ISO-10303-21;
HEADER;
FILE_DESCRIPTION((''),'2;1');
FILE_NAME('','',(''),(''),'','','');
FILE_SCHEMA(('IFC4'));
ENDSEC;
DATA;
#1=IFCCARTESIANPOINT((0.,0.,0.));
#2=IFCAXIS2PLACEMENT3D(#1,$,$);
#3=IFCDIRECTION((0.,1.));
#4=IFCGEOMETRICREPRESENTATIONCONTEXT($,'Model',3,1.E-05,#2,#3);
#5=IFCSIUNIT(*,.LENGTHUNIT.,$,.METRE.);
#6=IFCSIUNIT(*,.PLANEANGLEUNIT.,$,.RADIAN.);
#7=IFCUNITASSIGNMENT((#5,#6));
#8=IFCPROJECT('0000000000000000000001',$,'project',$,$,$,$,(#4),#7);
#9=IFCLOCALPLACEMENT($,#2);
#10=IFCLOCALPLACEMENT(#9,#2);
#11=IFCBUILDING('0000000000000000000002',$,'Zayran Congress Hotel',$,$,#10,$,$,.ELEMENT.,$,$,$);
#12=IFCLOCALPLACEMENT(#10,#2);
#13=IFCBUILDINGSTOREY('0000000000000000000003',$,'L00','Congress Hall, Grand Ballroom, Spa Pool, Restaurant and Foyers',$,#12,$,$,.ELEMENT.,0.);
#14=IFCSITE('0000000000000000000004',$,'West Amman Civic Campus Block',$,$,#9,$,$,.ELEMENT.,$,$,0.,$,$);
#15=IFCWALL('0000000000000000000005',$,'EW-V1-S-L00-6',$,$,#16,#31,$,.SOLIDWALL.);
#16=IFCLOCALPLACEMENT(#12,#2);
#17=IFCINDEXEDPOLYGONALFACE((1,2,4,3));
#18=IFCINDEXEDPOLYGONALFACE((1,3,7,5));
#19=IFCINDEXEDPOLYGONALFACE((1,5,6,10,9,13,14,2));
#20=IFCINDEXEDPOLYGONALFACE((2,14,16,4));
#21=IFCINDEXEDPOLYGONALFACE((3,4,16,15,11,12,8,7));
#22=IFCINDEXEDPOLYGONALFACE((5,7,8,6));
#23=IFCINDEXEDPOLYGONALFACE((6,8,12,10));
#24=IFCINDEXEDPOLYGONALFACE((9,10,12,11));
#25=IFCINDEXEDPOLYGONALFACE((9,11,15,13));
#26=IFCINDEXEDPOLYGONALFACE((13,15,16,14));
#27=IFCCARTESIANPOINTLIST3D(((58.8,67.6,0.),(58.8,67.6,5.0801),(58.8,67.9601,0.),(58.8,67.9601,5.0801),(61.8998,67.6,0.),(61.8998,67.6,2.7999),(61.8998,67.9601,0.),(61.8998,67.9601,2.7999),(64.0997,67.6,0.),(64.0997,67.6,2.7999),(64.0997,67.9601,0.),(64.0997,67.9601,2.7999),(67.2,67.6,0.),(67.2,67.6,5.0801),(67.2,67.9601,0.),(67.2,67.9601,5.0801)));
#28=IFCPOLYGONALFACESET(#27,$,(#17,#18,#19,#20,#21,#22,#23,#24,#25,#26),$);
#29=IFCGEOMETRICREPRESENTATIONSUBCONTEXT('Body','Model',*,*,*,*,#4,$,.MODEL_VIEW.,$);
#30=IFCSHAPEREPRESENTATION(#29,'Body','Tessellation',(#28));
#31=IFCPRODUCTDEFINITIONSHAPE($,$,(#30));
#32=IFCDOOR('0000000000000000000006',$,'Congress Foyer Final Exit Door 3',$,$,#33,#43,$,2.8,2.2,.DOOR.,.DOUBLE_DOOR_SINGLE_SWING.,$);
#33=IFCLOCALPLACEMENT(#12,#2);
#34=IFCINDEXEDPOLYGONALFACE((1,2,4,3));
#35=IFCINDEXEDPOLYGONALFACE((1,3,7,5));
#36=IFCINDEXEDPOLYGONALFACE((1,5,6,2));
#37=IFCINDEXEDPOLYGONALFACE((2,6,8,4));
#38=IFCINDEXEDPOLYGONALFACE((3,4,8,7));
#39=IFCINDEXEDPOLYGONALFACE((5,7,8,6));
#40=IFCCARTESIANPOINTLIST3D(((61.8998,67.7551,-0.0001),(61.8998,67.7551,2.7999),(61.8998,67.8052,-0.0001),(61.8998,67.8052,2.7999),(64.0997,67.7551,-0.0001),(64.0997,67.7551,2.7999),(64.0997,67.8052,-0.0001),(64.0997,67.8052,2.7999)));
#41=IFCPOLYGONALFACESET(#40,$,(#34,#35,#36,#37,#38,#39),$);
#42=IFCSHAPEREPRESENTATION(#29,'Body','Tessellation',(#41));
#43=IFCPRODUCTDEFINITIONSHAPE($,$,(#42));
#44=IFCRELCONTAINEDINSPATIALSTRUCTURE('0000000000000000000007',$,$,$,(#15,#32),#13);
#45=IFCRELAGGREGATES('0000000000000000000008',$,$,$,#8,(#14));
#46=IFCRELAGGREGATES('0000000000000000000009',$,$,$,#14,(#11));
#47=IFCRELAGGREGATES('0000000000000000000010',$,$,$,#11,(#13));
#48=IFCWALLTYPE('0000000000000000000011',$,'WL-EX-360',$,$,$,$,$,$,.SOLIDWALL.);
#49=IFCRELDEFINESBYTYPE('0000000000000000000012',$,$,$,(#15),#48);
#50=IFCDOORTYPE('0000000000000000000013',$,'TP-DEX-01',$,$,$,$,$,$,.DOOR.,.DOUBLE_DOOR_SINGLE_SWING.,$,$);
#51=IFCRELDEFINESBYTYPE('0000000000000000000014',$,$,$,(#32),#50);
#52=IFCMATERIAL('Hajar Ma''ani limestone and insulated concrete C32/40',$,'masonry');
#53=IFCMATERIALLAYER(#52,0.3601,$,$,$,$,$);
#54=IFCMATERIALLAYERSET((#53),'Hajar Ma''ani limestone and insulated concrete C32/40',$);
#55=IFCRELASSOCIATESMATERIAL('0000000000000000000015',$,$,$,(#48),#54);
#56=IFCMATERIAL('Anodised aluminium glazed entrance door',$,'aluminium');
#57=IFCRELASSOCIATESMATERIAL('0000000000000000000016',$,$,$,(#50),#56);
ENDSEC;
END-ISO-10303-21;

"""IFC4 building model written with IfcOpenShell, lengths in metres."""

from ifc_helpers import new_model, si_unit, direction, frame, frame_2d, origin, place, context, subcontext, project, spatial, rectangle, extrude, material, layer, layer_set, type_object, element, fill, save


model = new_model("IFC4")

# Units and contexts
model_context = context("Model", 3, precision=1e-05, world=origin(), true_north=direction((0.0, 1.0)))
body_context = subcontext(model_context, "Body", "Model", "MODEL_VIEW")
ifc_project = project(units=[si_unit("LENGTHUNIT", "METRE"), si_unit("PLANEANGLEUNIT", "RADIAN")], contexts=[model_context])

# Site, building, storey
site_placement = place(None, origin())
site = spatial("IfcSite", under=ifc_project, at=site_placement, Name="West Amman Civic Campus Block", CompositionType="ELEMENT", RefElevation=0.0)
building_placement = place(site_placement, origin())
building = spatial("IfcBuilding", under=site, at=building_placement, Name="Zayran Congress Hotel", CompositionType="ELEMENT")
storey_placement = place(building_placement, origin())
storey = spatial("IfcBuildingStorey", under=building, at=storey_placement, Name="L00", Description="Congress Hall, Grand Ballroom, Spa Pool, Restaurant and Foyers", CompositionType="ELEMENT", Elevation=0.0)

# Wall, opening, door
ifc_material_1 = material(Name="Hajar Ma'ani limestone and insulated concrete C32/40", Category="masonry")
ifc_layer_1 = layer(ifc_material_1, 0.3601)
ifc_layer_set_1 = layer_set([ifc_layer_1], Name="Hajar Ma'ani limestone and insulated concrete C32/40")
wall_type = type_object("IfcWallType", Name="WL-EX-360", PredefinedType="SOLIDWALL", material=ifc_layer_set_1)
wall_placement = place(storey_placement, frame((67.2, 67.78, 0.0), z_axis=(0.0, 0.0, 1.0), x_axis=(-1.0, 0.0, 0.0)))
wall = element("IfcWall", 1, at=wall_placement, inside=storey, type_object=wall_type, Name="EW-V1-S-L00-6", PredefinedType="SOLIDWALL", context=body_context, shape_type="SweptSolid", body=[
    extrude(rectangle(XDim=8.3999, YDim=0.3601, at=frame_2d((4.2, 0.0))), origin(), (0.0, 0.0, 1.0), 5.0801),
])
opening_placement = place(wall_placement, frame((3.1001, 0.0, 0.0)))
opening = element("IfcOpeningElement", 2, at=opening_placement, cuts=wall, PredefinedType="OPENING", context=body_context, shape_type="SweptSolid", body=[
    extrude(rectangle(XDim=2.2, YDim=2.8, at=frame_2d((1.1001, 1.3999))), frame((0.0, 0.1899, 0.0), z_axis=(0.0, -1.0, 0.0), x_axis=(1.0, 0.0, 0.0)), (0.0, 0.0, 1.0), 0.3801),
])
ifc_material_2 = material(Name="Anodised aluminium glazed entrance door", Category="aluminium")
door_type = type_object("IfcDoorType", Name="TP-DEX-01", OperationType="DOUBLE_DOOR_SINGLE_SWING", PredefinedType="DOOR", material=ifc_material_2)
door_placement = place(opening_placement, origin())
door = element("IfcDoor", 3, at=door_placement, inside=storey, type_object=door_type, Name="Congress Foyer Final Exit Door 3", OperationType="DOUBLE_DOOR_SINGLE_SWING", OverallHeight=2.8, OverallWidth=2.2, PredefinedType="DOOR", context=body_context, shape_type="SweptSolid", body=[
    extrude(rectangle(XDim=2.2, YDim=2.8, at=frame_2d((1.1001, 1.3999))), frame((0.0, 0.0249, 0.0), z_axis=(0.0, -1.0, 0.0), x_axis=(1.0, 0.0, 0.0)), (0.0, 0.0, 1.0), 0.05),
])
fill(opening, door)

save(model, "model.ifc")
